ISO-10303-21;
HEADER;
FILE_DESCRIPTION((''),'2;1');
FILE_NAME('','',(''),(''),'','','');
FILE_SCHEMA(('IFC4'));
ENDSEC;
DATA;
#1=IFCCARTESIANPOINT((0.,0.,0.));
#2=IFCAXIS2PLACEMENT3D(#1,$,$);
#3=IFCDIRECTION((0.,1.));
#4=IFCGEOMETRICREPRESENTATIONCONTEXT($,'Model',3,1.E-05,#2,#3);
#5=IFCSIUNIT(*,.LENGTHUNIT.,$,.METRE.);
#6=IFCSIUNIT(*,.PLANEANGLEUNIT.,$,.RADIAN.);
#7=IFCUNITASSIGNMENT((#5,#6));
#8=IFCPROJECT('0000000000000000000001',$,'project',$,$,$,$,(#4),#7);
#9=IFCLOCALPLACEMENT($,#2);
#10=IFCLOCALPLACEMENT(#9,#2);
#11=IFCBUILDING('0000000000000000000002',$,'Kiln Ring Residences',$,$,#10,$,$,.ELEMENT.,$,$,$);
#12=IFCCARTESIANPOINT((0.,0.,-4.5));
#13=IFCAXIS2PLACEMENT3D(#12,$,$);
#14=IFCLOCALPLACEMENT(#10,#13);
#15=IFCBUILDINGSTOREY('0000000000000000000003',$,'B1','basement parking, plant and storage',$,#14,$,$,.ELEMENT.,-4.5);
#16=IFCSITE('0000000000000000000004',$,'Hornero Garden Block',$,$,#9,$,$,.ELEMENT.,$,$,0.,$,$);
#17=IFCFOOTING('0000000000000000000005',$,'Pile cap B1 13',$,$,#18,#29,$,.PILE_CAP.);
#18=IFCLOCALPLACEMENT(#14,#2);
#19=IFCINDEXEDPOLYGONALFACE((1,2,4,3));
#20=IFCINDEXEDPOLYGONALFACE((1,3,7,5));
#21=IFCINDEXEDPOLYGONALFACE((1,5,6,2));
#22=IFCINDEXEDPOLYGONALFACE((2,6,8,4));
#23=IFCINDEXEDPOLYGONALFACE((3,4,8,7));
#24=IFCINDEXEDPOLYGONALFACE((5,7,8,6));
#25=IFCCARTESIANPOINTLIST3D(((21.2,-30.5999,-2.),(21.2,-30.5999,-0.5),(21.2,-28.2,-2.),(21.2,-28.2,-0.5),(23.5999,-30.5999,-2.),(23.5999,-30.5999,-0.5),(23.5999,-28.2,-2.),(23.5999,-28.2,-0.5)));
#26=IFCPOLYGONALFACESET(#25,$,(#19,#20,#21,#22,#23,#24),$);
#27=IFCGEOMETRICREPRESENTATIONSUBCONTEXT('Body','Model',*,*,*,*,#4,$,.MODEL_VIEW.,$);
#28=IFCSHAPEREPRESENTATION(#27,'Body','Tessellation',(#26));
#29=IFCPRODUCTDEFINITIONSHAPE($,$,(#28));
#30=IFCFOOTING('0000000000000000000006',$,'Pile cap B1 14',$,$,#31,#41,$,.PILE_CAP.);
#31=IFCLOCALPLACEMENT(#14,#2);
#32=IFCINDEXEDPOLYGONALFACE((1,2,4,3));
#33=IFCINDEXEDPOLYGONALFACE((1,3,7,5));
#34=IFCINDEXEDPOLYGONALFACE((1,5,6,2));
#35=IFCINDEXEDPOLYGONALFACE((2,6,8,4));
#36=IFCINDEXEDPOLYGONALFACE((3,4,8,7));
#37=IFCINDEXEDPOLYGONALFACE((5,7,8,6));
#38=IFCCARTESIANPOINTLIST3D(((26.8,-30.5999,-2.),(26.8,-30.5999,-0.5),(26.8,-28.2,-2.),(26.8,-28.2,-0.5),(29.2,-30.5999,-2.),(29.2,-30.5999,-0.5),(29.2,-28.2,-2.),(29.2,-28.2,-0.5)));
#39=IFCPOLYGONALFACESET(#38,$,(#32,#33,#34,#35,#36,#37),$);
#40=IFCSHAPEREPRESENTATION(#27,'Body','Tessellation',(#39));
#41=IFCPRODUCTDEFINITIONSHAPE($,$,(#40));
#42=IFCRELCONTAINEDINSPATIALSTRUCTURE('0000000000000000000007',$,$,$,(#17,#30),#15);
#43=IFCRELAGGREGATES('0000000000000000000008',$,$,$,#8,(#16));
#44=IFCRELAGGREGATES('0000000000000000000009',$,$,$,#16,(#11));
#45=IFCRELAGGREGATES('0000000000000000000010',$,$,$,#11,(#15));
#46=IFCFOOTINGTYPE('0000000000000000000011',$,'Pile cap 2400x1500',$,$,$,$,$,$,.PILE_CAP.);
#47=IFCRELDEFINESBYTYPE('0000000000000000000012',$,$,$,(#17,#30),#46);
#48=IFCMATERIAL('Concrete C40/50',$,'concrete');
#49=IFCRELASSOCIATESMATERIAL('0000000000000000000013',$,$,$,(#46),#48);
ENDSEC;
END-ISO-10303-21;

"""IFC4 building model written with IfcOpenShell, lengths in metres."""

from ifc_helpers import new_model, si_unit, direction, frame, origin, origin_2d, place, context, subcontext, project, spatial, rectangle, extrude, material, type_object, element, save


model = new_model("IFC4")

# Units and contexts
model_context = context("Model", 3, precision=1e-05, world=origin(), true_north=direction((0.0, 1.0)))
body_context = subcontext(model_context, "Body", "Model", "MODEL_VIEW")
ifc_project = project(units=[si_unit("LENGTHUNIT", "METRE"), si_unit("PLANEANGLEUNIT", "RADIAN")], contexts=[model_context])

# Site, building, storey
site_placement = place(None, origin())
site = spatial("IfcSite", under=ifc_project, at=site_placement, Name="Hornero Garden Block", CompositionType="ELEMENT", RefElevation=0.0)
building_placement = place(site_placement, origin())
building = spatial("IfcBuilding", under=site, at=building_placement, Name="Kiln Ring Residences", CompositionType="ELEMENT")
storey_placement = place(building_placement, frame((0.0, 0.0, -4.5)))
storey = spatial("IfcBuildingStorey", under=building, at=storey_placement, Name="B1", Description="basement parking, plant and storage", CompositionType="ELEMENT", Elevation=-4.5)

# Footings
ifc_material_1 = material(Name="Concrete C40/50", Category="concrete")
footing_type = type_object("IfcFootingType", Name="Pile cap 2400x1500", PredefinedType="PILE_CAP", material=ifc_material_1)
for number, where, z_axis, x_axis, name in (
    (1, (22.3999, -29.3999, -2.0), (0.0, 0.0, 1.0), (1.0, 0.0, 0.0), "Pile cap B1 13"),
    (2, (28.0, -29.3999, -2.0), (0.0, 0.0, 1.0), (1.0, 0.0, 0.0), "Pile cap B1 14"),
):
    element("IfcFooting", number, at=place(storey_placement, frame(where, z_axis=z_axis, x_axis=x_axis)), inside=storey, type_object=footing_type, Name=name, PredefinedType="PILE_CAP", context=body_context, shape_type="SweptSolid", body=[
        extrude(rectangle(XDim=2.3999, YDim=2.3999, at=origin_2d()), origin(), (0.0, 0.0, 1.0), 1.5),
    ])

save(model, "model.ifc")
